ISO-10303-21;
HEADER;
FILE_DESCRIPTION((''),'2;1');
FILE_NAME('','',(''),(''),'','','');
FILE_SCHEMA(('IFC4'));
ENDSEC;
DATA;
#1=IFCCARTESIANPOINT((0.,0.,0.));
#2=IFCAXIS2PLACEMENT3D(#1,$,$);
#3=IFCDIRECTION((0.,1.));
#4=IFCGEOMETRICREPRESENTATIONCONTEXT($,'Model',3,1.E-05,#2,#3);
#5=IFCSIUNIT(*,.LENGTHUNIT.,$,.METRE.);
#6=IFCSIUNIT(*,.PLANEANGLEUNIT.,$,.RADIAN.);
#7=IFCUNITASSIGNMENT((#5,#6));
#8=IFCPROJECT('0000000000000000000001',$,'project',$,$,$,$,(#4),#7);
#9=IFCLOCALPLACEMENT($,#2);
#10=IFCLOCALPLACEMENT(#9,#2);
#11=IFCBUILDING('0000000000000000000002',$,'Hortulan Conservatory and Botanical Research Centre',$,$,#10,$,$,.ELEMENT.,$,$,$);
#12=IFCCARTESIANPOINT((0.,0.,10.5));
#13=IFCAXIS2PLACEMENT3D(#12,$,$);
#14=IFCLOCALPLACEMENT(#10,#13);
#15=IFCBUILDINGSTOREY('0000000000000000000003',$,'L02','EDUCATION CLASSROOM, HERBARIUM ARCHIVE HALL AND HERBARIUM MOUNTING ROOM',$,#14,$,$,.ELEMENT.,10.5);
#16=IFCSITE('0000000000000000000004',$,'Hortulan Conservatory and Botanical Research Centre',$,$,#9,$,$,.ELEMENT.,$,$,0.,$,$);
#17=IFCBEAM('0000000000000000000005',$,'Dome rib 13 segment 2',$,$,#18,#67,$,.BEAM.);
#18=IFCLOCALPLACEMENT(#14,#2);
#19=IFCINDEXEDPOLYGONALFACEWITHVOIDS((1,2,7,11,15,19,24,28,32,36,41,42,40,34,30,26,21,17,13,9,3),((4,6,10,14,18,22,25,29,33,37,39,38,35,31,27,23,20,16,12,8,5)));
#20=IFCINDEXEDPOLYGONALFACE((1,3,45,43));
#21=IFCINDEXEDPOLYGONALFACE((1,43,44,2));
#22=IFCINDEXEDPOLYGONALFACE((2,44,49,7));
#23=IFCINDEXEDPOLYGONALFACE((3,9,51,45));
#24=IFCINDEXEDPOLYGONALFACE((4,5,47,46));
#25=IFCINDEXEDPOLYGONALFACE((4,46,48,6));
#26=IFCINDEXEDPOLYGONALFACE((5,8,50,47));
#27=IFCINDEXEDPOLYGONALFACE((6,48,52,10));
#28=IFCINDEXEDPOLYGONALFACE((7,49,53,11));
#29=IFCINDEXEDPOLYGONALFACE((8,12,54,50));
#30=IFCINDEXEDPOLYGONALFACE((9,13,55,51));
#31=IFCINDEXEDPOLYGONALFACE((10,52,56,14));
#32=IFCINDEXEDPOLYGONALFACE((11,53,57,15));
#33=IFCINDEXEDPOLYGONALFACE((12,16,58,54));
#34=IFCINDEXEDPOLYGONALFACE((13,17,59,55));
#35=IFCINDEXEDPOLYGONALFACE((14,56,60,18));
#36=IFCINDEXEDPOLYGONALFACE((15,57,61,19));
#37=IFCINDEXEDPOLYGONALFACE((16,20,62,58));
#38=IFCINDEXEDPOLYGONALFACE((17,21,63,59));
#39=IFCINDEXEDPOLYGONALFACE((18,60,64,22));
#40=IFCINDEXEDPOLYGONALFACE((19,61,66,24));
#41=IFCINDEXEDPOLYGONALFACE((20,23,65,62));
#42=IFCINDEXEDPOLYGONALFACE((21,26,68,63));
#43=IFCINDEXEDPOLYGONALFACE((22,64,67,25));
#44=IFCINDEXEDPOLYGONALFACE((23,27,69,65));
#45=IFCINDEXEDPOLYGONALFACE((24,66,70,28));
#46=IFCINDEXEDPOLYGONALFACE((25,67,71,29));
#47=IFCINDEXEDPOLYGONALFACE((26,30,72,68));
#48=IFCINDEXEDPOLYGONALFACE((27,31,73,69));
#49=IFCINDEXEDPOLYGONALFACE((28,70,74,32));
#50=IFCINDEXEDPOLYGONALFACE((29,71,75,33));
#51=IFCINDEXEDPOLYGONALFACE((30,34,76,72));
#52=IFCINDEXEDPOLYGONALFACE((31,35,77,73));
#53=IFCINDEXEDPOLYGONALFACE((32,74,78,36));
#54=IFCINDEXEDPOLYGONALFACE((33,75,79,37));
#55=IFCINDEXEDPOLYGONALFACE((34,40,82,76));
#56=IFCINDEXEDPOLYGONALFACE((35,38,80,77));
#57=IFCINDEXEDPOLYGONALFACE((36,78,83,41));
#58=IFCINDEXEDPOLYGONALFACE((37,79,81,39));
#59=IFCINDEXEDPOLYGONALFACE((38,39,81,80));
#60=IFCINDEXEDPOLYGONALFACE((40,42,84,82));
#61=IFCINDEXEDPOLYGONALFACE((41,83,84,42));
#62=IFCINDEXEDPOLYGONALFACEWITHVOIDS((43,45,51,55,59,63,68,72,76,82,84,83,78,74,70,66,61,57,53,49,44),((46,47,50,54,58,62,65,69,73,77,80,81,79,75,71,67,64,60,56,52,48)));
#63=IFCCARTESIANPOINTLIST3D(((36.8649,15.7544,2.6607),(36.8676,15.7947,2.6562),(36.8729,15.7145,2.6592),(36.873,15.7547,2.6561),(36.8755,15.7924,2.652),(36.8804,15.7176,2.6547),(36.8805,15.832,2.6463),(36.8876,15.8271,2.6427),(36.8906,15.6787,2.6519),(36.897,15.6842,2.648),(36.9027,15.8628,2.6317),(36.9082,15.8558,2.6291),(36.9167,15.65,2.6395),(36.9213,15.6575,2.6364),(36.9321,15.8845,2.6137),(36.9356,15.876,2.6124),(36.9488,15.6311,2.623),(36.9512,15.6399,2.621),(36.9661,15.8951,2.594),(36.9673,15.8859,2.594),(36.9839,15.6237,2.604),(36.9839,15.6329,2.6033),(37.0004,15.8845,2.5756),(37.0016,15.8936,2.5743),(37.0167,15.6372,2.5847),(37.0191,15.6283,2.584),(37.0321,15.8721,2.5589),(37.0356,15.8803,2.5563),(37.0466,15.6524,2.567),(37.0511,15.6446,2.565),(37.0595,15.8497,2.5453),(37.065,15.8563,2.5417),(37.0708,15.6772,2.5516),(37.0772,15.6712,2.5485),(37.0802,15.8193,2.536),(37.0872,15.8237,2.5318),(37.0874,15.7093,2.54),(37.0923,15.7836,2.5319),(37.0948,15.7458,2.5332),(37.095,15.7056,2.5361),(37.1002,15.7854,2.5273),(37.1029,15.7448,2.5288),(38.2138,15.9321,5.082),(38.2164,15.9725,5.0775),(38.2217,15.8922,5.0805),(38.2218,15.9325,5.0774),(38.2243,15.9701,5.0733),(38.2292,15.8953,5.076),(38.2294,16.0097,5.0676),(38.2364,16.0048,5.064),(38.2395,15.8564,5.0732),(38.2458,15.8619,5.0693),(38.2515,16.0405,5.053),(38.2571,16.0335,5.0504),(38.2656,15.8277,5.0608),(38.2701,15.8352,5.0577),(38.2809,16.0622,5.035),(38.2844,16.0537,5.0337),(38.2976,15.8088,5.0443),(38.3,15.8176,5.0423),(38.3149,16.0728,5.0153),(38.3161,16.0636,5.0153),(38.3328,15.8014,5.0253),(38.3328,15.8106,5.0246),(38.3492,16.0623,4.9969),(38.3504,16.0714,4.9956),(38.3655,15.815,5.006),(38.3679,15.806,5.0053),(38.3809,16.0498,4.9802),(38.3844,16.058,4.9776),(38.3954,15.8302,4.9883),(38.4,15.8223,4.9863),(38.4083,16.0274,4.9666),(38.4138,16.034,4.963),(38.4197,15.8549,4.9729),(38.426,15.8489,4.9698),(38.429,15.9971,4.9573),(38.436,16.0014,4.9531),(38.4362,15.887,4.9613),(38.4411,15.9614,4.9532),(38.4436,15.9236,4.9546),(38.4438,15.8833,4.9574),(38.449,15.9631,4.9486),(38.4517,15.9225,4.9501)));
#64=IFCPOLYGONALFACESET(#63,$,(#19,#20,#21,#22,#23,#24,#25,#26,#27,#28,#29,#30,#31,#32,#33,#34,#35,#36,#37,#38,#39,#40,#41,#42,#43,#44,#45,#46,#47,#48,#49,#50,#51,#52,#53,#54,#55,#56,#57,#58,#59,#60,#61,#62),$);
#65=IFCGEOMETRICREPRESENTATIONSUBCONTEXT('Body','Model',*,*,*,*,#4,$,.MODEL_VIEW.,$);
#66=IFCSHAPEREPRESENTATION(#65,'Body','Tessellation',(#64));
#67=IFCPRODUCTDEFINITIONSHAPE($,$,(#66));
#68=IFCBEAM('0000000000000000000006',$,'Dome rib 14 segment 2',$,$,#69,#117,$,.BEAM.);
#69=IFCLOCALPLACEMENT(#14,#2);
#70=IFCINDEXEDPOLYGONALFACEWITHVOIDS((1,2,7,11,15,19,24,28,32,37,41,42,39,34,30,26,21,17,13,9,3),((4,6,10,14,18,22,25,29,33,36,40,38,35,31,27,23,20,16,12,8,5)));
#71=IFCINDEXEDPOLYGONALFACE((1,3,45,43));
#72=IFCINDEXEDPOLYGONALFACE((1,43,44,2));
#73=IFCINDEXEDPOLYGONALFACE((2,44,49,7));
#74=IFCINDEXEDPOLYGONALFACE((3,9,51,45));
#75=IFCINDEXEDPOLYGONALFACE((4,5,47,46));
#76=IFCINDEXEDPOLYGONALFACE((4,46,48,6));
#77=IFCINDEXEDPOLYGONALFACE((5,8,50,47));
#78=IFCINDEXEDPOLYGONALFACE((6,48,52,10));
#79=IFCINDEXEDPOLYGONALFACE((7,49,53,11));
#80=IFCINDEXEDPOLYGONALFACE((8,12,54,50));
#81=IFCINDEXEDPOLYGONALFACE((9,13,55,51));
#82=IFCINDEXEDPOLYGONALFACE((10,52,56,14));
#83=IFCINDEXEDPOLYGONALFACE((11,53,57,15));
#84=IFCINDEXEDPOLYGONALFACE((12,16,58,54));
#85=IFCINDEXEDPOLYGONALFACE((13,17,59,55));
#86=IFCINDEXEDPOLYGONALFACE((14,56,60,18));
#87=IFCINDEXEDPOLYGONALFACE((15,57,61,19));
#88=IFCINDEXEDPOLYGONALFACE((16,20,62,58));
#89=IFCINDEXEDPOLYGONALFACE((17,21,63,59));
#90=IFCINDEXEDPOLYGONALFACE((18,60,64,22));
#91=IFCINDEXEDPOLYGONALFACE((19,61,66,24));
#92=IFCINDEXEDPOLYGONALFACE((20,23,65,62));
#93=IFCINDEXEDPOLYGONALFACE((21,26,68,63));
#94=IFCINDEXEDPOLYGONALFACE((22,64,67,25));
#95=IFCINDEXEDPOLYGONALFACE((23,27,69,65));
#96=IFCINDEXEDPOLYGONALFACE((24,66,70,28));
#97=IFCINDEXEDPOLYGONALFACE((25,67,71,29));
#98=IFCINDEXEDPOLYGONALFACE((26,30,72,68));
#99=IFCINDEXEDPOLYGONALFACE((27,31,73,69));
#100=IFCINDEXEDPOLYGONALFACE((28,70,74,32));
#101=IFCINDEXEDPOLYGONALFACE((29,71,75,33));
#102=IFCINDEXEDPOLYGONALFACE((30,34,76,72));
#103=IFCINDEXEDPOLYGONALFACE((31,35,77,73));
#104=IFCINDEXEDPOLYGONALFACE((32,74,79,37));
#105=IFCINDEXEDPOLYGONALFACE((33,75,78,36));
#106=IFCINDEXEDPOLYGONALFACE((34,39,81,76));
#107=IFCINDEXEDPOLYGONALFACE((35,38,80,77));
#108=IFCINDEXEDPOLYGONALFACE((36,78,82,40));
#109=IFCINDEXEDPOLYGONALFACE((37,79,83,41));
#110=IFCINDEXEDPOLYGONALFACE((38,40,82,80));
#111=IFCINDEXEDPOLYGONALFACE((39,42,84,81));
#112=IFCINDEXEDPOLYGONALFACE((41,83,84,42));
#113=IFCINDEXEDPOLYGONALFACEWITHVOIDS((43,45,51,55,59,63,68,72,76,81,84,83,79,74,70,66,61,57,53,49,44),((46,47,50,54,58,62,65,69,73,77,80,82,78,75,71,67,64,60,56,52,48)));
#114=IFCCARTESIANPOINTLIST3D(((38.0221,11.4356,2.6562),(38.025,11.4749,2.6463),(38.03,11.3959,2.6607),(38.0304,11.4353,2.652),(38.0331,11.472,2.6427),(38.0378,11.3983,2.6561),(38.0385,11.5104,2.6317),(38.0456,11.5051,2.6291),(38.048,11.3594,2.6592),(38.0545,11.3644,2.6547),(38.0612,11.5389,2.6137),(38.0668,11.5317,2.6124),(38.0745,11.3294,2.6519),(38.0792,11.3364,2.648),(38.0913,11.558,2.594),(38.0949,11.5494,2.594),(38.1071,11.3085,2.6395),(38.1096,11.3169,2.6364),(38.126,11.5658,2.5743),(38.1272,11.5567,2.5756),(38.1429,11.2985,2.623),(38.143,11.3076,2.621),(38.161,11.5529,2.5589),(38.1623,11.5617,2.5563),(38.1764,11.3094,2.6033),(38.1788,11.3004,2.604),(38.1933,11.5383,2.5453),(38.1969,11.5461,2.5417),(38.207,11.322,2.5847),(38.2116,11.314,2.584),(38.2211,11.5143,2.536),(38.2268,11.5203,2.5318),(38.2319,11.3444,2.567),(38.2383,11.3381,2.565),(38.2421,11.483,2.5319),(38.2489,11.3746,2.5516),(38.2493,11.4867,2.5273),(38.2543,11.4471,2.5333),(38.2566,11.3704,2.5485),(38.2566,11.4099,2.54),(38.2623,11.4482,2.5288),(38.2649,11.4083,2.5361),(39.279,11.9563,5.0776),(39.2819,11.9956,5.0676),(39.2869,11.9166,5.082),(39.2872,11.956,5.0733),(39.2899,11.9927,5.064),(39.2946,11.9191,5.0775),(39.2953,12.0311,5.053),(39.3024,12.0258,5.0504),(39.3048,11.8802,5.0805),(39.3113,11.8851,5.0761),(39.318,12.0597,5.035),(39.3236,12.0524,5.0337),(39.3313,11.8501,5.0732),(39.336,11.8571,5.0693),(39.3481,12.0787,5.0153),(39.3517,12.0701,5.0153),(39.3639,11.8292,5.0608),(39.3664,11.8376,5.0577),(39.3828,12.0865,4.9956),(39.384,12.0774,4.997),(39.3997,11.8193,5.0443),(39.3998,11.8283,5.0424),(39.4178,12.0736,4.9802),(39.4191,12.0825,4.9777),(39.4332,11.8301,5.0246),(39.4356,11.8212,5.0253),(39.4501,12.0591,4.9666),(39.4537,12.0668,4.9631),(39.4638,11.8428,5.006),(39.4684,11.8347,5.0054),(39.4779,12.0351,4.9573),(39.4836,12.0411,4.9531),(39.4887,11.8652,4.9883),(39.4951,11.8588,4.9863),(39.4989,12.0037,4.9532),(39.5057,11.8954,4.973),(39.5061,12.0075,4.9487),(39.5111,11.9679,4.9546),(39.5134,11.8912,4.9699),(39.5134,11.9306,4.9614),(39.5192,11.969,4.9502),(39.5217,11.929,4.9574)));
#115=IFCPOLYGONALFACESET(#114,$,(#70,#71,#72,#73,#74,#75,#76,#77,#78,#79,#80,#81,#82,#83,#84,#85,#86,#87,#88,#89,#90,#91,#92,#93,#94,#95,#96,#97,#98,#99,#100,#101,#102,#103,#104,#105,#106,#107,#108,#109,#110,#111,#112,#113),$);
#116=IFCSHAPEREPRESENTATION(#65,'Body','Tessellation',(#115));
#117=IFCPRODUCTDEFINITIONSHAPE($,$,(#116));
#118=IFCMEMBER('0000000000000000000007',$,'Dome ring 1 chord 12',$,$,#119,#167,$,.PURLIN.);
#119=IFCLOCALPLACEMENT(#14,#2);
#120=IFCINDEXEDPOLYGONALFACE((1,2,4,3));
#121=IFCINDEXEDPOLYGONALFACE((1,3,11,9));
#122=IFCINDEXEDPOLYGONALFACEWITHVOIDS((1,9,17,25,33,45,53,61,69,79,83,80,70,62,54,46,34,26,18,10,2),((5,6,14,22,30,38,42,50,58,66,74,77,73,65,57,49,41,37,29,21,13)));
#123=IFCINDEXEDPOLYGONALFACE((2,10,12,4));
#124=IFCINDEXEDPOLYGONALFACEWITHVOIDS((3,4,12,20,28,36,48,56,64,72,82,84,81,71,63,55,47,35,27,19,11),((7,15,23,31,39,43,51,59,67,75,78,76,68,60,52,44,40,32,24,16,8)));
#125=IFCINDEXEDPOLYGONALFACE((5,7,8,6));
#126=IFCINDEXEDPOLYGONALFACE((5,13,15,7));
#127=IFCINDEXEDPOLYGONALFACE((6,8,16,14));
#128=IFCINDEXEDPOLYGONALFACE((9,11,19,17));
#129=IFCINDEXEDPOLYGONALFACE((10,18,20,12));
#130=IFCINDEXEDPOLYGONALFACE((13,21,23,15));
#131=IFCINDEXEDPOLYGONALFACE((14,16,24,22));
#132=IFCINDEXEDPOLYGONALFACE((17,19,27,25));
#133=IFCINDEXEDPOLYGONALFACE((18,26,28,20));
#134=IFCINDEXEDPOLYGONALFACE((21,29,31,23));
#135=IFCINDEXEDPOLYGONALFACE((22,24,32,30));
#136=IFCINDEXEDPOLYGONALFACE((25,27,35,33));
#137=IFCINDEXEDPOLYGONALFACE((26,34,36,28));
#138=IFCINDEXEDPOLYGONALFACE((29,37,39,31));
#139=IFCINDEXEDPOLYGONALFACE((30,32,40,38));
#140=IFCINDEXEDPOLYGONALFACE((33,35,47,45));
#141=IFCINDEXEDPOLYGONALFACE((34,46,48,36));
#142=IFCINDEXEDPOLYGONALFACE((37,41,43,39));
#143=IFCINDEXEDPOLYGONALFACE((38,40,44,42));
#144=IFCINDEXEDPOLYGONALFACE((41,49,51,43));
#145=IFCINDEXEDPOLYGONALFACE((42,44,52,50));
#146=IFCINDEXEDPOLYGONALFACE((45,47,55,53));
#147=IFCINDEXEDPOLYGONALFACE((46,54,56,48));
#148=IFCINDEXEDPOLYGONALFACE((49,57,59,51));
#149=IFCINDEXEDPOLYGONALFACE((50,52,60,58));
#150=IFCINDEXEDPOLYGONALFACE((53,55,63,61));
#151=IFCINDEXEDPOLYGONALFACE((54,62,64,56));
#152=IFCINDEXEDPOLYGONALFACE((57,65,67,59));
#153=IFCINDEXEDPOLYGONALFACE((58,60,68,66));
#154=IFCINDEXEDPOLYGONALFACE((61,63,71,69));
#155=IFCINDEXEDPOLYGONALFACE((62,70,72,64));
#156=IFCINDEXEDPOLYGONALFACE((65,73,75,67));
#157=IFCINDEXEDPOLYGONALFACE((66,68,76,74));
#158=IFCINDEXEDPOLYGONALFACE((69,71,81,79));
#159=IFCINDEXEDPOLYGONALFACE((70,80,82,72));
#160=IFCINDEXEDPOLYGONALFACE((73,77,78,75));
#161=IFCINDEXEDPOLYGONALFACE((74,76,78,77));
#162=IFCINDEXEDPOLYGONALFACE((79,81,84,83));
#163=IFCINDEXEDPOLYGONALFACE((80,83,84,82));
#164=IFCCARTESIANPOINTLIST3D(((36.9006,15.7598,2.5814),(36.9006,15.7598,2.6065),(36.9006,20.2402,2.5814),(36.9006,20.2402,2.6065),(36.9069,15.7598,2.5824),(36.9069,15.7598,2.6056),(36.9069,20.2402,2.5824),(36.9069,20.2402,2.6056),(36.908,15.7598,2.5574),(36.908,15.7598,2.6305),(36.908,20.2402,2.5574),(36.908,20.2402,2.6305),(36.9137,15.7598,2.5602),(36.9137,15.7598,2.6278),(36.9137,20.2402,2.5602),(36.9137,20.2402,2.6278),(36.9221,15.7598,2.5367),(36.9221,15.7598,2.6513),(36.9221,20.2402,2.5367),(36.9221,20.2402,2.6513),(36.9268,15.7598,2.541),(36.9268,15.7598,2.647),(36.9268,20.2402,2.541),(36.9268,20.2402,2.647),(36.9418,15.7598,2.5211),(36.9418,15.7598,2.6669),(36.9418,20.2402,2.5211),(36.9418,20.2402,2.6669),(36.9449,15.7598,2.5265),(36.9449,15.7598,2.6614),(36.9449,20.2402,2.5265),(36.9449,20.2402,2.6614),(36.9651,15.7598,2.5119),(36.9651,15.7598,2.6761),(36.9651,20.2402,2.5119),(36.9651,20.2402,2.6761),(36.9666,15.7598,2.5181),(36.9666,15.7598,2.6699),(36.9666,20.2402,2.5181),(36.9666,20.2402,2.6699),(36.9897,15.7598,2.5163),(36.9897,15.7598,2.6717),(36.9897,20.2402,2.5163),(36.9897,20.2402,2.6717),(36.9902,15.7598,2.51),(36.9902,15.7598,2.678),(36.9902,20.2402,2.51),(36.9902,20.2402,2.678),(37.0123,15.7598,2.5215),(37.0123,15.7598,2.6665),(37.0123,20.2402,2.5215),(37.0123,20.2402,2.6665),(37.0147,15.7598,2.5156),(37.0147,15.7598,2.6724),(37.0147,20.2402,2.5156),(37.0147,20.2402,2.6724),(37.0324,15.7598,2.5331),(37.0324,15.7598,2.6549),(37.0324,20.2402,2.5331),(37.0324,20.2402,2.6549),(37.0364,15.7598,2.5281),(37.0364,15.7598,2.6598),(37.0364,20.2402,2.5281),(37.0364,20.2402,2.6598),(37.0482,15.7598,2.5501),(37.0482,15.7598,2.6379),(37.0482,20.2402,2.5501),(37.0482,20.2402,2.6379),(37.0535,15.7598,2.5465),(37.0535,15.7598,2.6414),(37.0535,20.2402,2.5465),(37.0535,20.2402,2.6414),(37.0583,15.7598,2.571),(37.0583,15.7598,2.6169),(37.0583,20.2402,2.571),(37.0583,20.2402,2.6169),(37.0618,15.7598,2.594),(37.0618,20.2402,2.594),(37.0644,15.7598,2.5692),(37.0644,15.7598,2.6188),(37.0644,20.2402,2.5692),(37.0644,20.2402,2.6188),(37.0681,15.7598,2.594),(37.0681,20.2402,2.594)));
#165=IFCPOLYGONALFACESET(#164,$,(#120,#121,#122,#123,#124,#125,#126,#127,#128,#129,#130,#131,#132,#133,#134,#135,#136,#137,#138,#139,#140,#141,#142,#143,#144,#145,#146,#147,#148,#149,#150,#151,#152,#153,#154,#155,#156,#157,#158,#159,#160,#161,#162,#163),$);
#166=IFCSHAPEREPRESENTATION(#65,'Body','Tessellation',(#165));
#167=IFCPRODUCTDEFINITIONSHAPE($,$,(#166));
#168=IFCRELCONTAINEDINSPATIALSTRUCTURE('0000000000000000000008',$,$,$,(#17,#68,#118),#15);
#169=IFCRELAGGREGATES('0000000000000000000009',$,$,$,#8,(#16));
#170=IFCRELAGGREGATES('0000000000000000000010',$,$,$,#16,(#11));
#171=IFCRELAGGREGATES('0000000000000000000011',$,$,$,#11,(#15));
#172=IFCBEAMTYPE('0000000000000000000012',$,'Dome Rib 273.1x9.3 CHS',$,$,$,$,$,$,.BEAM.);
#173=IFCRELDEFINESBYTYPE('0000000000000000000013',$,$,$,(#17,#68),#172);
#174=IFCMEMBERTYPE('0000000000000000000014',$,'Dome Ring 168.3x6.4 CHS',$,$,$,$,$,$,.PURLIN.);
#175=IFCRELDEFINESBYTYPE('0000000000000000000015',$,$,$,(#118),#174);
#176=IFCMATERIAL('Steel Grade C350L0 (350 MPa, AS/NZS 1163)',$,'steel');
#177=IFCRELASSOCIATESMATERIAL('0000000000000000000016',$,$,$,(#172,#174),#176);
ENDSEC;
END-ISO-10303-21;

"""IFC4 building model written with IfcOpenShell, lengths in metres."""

from ifc_helpers import new_model, si_unit, direction, frame, origin, origin_2d, place, context, subcontext, project, spatial, hollow_circle, extrude, material, material_profile, profile_set, type_object, element, save


model = new_model("IFC4")

# Units and contexts
model_context = context("Model", 3, precision=1e-05, world=origin(), true_north=direction((0.0, 1.0)))
body_context = subcontext(model_context, "Body", "Model", "MODEL_VIEW")
ifc_project = project(units=[si_unit("LENGTHUNIT", "METRE"), si_unit("PLANEANGLEUNIT", "RADIAN")], contexts=[model_context])

# Site, building, storey
site_placement = place(None, origin())
site = spatial("IfcSite", under=ifc_project, at=site_placement, Name="Hortulan Conservatory and Botanical Research Centre", CompositionType="ELEMENT", RefElevation=0.0)
building_placement = place(site_placement, origin())
building = spatial("IfcBuilding", under=site, at=building_placement, Name="Hortulan Conservatory and Botanical Research Centre", CompositionType="ELEMENT")
storey_placement = place(building_placement, frame((0.0, 0.0, 10.5)))
storey = spatial("IfcBuildingStorey", under=building, at=storey_placement, Name="L02", Description="EDUCATION CLASSROOM, HERBARIUM ARCHIVE HALL AND HERBARIUM MOUNTING ROOM", CompositionType="ELEMENT", Elevation=10.5)

# Beams
ifc_material_1 = material(Name="Steel Grade C350L0 (350 MPa, AS/NZS 1163)", Category="steel")
ifc_material_profile_1 = material_profile(ifc_material_1, hollow_circle(Radius=0.1365, WallThickness=0.0093, at=origin_2d()), Name="273.1x9.3CHS")
ifc_profile_set_1 = profile_set([ifc_material_profile_1], Name="Steel Grade C350L0 (350 MPa, AS/NZS 1163)")
beam_type_1 = type_object("IfcBeamType", Name="Dome Rib 273.1x9.3 CHS", PredefinedType="BEAM", material=ifc_profile_set_1)
for number, where, z_axis, x_axis, name in (
    (1, (36.9839, 15.7598, 2.594), (0.485655, 0.063992, 0.871805), (-0.130636, 0.99143, 0.0), "Dome rib 13 segment 2"),
    (2, (38.1436, 11.4319, 2.594), (0.452523, 0.187496, 0.871819), (-0.38278, 0.92384, 0.0), "Dome rib 14 segment 2"),
):
    element("IfcBeam", number, at=place(storey_placement, frame(where, z_axis=z_axis, x_axis=x_axis)), inside=storey, type_object=beam_type_1, Name=name, PredefinedType="BEAM", context=body_context, shape_type="SweptSolid", body=[
        extrude(hollow_circle(Radius=0.1365, WallThickness=0.0093, at=origin_2d()), origin(), (0.0, 0.0, 1.0), 2.7773),
    ])

# Member
ifc_material_profile_2 = material_profile(ifc_material_1, hollow_circle(Radius=0.0842, WallThickness=0.0063, at=origin_2d()), Name="168.3x6.4CHS")
ifc_profile_set_2 = profile_set([ifc_material_profile_2], Name="Steel Grade C350L0 (350 MPa, AS/NZS 1163)")
member_type_1 = type_object("IfcMemberType", Name="Dome Ring 168.3x6.4 CHS", PredefinedType="PURLIN", material=ifc_profile_set_2)
for number, where, z_axis, x_axis, name in (
    (3, (36.9839, 20.2402, 2.594), (0.0, -1.0, 0.0), (1.0, 0.0, 0.0), "Dome ring 1 chord 12"),
):
    element("IfcMember", number, at=place(storey_placement, frame(where, z_axis=z_axis, x_axis=x_axis)), inside=storey, type_object=member_type_1, Name=name, PredefinedType="PURLIN", context=body_context, shape_type="SweptSolid", body=[
        extrude(hollow_circle(Radius=0.0842, WallThickness=0.0063, at=origin_2d()), origin(), (0.0, 0.0, 1.0), 4.4805),
    ])

save(model, "model.ifc")
